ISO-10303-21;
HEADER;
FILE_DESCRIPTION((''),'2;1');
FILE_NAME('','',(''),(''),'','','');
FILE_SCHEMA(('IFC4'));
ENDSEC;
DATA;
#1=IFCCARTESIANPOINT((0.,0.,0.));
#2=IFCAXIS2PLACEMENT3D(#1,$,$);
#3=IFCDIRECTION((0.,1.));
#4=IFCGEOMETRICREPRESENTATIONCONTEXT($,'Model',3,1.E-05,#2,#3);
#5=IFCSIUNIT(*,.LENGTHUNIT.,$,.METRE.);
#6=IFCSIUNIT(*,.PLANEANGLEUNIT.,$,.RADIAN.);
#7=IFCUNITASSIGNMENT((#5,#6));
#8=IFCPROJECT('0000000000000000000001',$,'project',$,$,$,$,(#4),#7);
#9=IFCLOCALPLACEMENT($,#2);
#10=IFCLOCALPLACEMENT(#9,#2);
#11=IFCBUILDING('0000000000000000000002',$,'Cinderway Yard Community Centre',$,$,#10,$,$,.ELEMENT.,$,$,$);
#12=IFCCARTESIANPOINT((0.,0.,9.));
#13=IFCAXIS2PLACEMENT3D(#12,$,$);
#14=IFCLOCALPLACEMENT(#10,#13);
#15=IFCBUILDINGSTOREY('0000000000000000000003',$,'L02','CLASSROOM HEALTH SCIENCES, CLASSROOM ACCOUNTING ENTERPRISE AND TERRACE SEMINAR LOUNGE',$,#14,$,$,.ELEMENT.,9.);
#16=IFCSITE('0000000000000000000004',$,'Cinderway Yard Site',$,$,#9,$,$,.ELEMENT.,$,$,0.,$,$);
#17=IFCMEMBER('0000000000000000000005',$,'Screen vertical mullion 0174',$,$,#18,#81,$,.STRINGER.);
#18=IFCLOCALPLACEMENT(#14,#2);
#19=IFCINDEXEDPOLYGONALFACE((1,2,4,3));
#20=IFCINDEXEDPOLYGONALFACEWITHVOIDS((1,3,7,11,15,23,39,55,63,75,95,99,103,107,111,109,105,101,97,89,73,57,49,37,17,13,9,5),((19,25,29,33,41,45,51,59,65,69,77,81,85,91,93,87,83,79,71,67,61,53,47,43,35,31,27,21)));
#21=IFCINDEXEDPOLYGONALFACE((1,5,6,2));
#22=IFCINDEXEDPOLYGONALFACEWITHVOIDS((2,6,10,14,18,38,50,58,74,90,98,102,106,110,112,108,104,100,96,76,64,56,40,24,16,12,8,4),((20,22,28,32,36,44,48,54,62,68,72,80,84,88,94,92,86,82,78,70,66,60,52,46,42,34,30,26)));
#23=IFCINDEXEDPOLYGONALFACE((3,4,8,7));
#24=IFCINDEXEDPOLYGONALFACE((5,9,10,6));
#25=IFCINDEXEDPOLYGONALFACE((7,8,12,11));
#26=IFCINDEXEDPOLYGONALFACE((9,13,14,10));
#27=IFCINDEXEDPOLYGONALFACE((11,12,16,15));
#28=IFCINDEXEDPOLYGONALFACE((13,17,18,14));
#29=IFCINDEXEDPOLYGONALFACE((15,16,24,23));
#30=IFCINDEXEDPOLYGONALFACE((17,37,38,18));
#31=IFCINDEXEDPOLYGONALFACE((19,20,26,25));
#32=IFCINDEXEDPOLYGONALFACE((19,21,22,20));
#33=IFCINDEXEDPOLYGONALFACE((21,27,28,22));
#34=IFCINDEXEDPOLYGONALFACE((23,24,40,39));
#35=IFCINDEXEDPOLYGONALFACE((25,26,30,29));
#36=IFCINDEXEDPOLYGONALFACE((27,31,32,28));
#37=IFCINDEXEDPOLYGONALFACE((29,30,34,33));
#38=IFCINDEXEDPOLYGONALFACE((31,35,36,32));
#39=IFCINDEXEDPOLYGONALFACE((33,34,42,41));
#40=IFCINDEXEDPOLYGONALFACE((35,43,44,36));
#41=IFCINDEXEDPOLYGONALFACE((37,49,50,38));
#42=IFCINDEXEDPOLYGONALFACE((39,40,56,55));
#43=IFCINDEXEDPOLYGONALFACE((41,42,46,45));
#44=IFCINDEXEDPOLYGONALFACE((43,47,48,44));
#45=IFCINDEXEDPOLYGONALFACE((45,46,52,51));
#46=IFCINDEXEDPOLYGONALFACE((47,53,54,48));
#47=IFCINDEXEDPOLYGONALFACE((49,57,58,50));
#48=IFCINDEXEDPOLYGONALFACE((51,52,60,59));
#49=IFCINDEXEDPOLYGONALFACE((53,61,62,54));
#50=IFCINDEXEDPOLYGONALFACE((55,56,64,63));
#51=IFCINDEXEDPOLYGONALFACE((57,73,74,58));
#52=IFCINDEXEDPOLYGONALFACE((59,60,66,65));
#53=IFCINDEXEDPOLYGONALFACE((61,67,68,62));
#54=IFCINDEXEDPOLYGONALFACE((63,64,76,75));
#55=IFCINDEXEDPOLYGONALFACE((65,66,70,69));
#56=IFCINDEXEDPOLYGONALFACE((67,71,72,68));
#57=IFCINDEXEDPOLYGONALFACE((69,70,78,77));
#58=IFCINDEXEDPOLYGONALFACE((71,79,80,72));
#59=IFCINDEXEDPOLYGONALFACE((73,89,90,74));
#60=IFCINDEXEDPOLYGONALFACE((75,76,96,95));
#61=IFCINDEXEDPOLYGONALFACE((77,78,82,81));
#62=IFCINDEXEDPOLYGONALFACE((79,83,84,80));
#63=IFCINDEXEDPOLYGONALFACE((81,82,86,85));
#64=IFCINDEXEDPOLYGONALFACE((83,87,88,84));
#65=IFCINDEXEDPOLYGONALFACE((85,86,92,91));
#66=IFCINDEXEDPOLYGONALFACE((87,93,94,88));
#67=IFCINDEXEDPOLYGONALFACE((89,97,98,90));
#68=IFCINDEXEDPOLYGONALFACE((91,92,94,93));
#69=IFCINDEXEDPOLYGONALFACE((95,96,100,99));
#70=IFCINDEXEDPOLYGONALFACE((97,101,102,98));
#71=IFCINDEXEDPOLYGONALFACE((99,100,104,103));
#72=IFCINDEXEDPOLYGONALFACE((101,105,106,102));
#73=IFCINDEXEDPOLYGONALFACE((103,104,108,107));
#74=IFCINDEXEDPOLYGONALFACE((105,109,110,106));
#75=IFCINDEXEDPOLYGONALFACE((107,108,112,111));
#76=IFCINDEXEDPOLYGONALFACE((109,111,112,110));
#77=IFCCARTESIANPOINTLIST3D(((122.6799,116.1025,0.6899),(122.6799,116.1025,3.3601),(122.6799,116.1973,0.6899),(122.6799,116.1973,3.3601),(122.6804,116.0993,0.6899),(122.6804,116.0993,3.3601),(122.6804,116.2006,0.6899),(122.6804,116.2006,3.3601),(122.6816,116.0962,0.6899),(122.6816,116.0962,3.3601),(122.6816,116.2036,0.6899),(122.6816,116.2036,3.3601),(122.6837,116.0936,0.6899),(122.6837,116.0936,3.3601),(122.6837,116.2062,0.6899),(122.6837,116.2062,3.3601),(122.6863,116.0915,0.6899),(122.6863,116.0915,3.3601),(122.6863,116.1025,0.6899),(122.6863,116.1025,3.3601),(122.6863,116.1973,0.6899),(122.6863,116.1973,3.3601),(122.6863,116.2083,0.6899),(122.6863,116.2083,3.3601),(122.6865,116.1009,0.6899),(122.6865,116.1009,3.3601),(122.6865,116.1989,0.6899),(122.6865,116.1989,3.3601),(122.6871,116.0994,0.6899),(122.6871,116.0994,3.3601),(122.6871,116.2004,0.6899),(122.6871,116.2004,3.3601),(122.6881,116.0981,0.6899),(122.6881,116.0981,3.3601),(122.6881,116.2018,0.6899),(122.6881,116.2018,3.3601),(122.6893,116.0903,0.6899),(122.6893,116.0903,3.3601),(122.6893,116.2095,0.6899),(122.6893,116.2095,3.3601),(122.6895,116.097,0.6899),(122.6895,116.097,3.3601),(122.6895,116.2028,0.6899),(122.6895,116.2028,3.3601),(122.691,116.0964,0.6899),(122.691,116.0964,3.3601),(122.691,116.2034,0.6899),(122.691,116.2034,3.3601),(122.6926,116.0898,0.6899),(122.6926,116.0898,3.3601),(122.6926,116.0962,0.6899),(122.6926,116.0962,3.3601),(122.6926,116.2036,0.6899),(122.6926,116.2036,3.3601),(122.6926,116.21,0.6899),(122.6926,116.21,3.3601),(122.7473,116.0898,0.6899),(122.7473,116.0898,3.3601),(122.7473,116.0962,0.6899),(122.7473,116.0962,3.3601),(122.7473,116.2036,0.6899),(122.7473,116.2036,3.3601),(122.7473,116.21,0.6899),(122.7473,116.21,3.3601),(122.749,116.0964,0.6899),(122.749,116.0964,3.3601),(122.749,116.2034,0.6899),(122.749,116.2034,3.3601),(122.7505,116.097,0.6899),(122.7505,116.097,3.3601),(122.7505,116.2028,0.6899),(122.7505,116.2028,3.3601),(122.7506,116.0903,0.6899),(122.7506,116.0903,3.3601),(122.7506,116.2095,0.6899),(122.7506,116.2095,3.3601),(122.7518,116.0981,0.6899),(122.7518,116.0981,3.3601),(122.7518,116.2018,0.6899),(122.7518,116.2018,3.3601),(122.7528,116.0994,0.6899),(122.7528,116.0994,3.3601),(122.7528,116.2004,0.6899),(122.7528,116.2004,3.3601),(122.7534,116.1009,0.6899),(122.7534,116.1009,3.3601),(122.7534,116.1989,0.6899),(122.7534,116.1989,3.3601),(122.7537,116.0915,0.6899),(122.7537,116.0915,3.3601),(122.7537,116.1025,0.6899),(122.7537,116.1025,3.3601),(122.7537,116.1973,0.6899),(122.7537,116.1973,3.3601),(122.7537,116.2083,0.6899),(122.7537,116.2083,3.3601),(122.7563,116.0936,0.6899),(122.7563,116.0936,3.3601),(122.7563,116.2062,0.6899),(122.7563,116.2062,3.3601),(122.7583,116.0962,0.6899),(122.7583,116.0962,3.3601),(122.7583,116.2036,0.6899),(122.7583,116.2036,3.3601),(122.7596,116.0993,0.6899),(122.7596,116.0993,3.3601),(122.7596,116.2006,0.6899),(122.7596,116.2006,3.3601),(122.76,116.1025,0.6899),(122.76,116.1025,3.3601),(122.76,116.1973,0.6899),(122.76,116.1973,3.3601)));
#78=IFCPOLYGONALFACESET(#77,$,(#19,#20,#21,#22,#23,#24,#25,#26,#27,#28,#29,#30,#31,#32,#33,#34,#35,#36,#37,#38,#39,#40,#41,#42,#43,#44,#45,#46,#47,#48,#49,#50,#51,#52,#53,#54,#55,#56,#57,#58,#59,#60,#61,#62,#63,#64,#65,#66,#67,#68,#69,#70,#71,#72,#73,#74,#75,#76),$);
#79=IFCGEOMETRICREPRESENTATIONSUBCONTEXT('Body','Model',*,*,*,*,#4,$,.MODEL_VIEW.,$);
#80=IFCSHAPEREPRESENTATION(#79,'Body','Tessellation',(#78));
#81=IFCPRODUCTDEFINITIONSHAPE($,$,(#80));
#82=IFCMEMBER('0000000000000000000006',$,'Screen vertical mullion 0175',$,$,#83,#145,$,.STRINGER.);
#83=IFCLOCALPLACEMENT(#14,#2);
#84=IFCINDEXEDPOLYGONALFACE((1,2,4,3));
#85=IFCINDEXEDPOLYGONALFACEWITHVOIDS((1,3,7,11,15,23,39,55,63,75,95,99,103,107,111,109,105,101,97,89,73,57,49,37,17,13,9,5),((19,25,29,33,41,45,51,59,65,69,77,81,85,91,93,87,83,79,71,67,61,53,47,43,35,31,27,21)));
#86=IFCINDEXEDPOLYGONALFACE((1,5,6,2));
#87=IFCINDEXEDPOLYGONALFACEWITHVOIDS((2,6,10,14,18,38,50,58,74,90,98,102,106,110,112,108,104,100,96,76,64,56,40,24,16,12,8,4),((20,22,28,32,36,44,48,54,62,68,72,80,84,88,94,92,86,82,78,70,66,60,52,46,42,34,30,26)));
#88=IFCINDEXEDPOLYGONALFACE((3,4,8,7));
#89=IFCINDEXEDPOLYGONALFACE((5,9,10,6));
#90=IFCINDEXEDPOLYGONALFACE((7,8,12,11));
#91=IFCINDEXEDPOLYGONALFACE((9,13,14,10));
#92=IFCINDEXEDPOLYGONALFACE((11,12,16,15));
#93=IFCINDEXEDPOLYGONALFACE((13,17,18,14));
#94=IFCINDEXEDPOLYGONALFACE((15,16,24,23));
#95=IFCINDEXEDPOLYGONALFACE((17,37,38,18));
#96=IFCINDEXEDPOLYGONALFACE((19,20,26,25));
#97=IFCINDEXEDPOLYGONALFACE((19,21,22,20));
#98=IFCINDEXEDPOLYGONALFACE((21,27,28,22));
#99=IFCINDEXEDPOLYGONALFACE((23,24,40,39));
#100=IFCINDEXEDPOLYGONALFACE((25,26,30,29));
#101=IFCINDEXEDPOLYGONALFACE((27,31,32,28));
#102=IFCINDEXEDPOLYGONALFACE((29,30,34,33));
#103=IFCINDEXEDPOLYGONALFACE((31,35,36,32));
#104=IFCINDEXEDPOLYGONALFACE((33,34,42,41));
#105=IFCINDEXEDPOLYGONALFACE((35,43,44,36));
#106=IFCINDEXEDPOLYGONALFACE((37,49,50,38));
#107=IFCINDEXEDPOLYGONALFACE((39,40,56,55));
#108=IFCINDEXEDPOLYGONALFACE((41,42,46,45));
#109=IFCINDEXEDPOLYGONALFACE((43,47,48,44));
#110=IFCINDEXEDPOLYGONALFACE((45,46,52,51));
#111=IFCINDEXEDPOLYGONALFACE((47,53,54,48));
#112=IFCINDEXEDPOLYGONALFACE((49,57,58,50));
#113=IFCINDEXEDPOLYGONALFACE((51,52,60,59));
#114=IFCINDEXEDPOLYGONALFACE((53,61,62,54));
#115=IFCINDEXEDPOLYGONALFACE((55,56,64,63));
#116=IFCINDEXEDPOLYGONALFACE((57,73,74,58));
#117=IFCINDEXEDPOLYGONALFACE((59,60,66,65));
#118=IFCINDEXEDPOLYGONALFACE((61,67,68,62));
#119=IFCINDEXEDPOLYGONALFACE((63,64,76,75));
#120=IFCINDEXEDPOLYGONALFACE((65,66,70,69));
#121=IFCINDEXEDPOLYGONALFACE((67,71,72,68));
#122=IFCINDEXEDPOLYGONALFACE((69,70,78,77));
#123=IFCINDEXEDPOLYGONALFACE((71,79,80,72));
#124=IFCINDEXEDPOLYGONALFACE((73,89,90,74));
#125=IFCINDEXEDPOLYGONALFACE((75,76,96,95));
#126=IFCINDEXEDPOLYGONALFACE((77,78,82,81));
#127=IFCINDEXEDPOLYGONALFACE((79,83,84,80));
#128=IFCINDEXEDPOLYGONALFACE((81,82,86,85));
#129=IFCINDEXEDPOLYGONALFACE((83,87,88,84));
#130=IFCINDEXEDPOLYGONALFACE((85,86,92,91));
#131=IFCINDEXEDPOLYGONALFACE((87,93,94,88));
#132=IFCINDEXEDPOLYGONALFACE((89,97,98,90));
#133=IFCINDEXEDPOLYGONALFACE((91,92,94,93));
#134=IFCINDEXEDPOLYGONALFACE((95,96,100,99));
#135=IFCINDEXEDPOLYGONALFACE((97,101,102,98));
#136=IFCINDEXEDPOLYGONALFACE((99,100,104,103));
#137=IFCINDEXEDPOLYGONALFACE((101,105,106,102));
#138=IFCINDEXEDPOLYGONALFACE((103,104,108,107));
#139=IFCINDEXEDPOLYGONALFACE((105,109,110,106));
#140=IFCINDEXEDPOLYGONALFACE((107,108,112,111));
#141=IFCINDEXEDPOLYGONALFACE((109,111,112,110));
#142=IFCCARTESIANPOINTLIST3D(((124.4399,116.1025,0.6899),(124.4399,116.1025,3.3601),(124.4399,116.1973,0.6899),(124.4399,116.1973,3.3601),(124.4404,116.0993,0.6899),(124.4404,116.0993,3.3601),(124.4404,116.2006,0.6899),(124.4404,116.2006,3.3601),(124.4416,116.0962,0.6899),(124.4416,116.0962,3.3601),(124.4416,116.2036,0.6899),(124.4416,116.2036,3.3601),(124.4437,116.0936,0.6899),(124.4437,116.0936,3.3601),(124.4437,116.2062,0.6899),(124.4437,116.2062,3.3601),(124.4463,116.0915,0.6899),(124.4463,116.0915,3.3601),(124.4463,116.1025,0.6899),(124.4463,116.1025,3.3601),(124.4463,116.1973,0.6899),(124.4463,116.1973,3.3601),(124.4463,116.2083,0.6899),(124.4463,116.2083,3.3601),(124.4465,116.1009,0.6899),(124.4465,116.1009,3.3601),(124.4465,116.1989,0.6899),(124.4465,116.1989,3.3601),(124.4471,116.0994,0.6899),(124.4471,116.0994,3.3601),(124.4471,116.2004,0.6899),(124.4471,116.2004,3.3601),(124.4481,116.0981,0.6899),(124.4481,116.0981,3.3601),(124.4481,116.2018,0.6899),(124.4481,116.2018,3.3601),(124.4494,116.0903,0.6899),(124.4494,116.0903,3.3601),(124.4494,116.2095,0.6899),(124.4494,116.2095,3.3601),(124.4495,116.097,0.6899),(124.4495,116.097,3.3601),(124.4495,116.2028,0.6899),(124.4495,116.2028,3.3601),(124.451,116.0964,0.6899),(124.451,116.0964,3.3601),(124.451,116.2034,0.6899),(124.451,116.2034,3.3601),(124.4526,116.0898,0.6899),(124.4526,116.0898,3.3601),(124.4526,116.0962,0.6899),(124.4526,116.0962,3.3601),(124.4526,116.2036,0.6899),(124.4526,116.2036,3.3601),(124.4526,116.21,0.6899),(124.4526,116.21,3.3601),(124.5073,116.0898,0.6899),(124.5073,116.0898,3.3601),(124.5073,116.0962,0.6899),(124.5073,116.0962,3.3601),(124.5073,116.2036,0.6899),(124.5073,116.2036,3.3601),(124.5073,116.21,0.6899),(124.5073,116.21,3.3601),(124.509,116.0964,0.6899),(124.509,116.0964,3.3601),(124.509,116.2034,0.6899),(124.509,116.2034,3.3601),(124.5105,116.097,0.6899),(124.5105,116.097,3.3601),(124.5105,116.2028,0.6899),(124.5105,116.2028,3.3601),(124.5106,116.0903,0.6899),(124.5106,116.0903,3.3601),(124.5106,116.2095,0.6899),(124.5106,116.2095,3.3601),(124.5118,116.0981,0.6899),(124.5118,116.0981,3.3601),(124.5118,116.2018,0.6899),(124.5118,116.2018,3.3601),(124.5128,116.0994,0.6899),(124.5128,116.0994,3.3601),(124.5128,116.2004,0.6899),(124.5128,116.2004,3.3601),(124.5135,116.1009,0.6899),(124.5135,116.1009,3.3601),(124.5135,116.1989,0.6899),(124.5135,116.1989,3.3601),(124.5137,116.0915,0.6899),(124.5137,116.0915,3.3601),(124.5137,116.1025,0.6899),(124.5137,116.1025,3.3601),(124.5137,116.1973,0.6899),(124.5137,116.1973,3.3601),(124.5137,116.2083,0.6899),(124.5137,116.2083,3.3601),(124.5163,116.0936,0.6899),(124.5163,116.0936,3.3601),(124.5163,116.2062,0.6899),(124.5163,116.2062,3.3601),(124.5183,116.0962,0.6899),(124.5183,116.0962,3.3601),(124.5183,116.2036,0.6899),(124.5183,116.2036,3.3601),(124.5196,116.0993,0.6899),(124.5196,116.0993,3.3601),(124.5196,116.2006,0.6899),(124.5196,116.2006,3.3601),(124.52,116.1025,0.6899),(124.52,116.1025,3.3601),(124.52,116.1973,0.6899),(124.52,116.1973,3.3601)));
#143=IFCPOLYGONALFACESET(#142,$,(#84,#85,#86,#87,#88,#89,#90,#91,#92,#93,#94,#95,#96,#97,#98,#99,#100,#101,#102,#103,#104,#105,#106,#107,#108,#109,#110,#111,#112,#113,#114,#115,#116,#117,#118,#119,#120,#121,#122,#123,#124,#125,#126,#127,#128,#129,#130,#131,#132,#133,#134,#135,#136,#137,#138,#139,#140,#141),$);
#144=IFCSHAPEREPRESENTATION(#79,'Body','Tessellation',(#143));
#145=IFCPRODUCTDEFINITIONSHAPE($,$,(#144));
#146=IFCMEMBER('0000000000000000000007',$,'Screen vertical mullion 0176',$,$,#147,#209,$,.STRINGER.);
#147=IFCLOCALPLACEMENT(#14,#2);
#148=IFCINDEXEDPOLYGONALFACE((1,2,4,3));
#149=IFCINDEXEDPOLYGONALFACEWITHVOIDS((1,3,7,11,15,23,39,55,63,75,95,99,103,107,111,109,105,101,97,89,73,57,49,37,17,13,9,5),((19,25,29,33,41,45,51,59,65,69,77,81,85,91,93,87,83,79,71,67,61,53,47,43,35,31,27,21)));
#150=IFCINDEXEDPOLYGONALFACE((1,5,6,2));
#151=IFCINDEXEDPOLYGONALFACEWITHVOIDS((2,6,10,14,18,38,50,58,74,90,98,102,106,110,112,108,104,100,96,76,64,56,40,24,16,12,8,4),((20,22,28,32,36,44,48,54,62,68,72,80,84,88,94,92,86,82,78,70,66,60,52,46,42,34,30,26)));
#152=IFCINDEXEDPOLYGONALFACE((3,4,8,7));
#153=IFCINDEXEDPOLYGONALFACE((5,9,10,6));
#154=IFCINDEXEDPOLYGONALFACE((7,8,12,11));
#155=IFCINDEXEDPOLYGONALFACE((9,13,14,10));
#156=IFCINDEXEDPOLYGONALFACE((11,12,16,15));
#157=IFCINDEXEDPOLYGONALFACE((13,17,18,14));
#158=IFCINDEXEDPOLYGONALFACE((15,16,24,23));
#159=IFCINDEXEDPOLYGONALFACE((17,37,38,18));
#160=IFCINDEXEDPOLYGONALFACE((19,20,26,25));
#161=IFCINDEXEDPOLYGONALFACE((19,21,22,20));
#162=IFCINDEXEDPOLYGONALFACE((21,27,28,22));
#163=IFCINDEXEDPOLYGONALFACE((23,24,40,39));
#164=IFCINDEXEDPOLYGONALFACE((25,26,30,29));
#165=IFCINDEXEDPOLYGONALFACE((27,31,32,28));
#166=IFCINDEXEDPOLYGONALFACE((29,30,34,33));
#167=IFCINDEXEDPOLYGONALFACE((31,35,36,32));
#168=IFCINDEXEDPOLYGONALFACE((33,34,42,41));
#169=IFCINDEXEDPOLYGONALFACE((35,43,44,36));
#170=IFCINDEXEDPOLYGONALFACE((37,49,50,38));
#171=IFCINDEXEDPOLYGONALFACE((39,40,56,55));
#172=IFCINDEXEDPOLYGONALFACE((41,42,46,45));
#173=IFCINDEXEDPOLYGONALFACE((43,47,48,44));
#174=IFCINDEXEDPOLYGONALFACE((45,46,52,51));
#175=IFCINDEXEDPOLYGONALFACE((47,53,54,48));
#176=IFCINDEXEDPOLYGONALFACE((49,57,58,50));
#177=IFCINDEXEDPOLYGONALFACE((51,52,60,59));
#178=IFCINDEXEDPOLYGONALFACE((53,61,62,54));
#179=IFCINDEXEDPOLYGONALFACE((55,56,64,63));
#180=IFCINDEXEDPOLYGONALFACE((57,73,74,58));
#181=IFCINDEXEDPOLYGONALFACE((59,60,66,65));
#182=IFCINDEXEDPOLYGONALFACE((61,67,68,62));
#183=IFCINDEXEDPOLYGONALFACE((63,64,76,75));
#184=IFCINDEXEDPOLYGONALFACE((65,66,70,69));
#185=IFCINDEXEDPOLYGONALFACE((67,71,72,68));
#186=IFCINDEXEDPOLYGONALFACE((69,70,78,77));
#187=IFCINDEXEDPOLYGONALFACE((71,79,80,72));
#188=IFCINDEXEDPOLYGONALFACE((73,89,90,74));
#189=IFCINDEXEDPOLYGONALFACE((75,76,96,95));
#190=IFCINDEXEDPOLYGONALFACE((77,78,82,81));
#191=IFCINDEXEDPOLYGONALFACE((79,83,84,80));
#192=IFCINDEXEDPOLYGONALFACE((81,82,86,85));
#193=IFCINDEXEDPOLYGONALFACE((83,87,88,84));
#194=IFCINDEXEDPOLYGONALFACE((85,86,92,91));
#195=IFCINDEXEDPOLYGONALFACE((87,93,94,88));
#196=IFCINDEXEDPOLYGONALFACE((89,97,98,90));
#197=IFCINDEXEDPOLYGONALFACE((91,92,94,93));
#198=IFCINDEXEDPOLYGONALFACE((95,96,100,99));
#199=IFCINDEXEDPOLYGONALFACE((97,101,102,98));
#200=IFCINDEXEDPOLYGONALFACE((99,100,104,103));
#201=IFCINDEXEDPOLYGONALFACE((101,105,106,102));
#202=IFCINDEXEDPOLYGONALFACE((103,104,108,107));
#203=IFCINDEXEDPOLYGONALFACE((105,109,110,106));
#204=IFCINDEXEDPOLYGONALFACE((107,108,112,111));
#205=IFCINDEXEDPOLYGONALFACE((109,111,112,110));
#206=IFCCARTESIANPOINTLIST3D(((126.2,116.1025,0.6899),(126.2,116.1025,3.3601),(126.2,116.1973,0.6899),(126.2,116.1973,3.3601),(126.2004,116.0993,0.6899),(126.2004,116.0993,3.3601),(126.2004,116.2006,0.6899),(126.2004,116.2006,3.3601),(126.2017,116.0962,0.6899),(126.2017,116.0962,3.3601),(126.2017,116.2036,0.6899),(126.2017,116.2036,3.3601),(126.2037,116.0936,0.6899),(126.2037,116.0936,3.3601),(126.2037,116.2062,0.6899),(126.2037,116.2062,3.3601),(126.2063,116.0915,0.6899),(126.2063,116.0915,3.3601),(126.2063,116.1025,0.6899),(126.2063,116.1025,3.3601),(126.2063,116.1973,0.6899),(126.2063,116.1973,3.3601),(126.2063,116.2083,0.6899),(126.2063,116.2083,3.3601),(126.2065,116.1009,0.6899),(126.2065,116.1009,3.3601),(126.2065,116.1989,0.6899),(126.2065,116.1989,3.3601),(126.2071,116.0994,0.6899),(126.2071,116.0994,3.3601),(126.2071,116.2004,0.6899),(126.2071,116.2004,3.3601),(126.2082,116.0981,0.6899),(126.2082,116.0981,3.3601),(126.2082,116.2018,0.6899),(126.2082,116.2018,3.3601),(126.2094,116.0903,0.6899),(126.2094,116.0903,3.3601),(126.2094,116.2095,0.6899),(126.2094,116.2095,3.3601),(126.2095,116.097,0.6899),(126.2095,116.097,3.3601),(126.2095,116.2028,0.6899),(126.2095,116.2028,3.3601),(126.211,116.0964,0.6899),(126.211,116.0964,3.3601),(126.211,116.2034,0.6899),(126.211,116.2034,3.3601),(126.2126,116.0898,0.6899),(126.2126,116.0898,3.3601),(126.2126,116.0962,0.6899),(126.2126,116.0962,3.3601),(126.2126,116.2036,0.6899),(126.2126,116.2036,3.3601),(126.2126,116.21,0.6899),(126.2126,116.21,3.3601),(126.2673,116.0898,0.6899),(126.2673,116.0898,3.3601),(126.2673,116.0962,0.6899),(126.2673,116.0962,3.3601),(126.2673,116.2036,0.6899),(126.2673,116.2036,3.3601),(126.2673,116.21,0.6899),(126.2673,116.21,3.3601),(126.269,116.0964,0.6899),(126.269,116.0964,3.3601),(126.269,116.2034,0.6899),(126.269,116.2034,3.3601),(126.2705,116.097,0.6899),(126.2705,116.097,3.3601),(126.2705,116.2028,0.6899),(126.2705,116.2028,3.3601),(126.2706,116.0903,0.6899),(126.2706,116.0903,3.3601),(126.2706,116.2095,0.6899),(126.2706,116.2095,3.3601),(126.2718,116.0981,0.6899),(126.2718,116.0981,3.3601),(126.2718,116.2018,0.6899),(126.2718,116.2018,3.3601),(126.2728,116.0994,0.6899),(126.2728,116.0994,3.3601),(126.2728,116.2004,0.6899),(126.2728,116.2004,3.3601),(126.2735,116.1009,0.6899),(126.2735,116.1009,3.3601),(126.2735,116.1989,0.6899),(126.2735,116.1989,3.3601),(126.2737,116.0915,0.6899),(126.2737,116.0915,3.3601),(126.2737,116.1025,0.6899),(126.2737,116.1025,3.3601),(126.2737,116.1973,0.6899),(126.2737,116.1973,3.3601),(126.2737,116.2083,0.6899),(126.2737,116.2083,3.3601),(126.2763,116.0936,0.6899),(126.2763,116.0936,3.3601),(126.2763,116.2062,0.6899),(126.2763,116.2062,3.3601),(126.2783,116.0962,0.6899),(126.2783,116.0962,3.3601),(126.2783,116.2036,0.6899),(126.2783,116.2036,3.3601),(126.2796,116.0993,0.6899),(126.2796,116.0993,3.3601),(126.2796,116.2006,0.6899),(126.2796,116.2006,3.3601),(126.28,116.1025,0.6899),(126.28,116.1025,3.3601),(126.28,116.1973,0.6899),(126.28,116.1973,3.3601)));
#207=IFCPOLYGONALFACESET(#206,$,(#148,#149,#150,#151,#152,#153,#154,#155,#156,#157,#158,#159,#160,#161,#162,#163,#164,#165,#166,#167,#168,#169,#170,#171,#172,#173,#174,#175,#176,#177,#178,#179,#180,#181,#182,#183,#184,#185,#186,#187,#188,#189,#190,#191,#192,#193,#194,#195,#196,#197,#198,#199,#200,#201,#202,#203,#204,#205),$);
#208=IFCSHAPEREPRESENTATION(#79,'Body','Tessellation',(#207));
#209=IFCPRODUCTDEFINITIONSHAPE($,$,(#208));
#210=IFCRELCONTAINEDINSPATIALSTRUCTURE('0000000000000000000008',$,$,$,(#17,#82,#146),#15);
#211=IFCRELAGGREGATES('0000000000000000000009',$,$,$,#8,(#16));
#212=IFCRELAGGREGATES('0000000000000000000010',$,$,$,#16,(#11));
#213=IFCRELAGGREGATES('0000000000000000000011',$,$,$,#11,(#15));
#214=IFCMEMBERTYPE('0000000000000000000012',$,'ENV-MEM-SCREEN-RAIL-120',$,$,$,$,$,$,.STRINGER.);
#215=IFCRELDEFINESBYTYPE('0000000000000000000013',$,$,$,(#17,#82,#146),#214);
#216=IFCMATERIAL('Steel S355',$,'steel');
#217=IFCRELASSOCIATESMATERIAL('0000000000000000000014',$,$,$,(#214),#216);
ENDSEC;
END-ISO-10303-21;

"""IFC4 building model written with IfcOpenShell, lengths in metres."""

from ifc_helpers import new_model, si_unit, direction, frame, origin, origin_2d, place, context, subcontext, project, spatial, hollow_rectangle, extrude, material, material_profile, profile_set, type_object, element, save


model = new_model("IFC4")

# Units and contexts
model_context = context("Model", 3, precision=1e-05, world=origin(), true_north=direction((0.0, 1.0)))
body_context = subcontext(model_context, "Body", "Model", "MODEL_VIEW")
ifc_project = project(units=[si_unit("LENGTHUNIT", "METRE"), si_unit("PLANEANGLEUNIT", "RADIAN")], contexts=[model_context])

# Site, building, storey
site_placement = place(None, origin())
site = spatial("IfcSite", under=ifc_project, at=site_placement, Name="Cinderway Yard Site", CompositionType="ELEMENT", RefElevation=0.0)
building_placement = place(site_placement, origin())
building = spatial("IfcBuilding", under=site, at=building_placement, Name="Cinderway Yard Community Centre", CompositionType="ELEMENT")
storey_placement = place(building_placement, frame((0.0, 0.0, 9.0)))
storey = spatial("IfcBuildingStorey", under=building, at=storey_placement, Name="L02", Description="CLASSROOM HEALTH SCIENCES, CLASSROOM ACCOUNTING ENTERPRISE AND TERRACE SEMINAR LOUNGE", CompositionType="ELEMENT", Elevation=9.0)

# Members
ifc_material_1 = material(Name="Steel S355", Category="steel")
ifc_material_profile_1 = material_profile(ifc_material_1, hollow_rectangle(XDim=0.0801, YDim=0.1201, WallThickness=0.0063, InnerFilletRadius=0.0063, OuterFilletRadius=0.0127, at=origin_2d()), Name="Steel S355")
ifc_profile_set_1 = profile_set([ifc_material_profile_1], Name="Steel S355")
member_type_1 = type_object("IfcMemberType", Name="ENV-MEM-SCREEN-RAIL-120", PredefinedType="STRINGER", material=ifc_profile_set_1)
for number, where, z_axis, x_axis, name in (
    (1, (122.72, 116.1499, 0.6899), (0.0, 0.0, 1.0), (1.0, 0.0, 0.0), "Screen vertical mullion 0174"),
    (2, (124.48, 116.1499, 0.6899), (0.0, 0.0, 1.0), (1.0, 0.0, 0.0), "Screen vertical mullion 0175"),
    (3, (126.24, 116.1499, 0.6899), (0.0, 0.0, 1.0), (1.0, 0.0, 0.0), "Screen vertical mullion 0176"),
):
    element("IfcMember", number, at=place(storey_placement, frame(where, z_axis=z_axis, x_axis=x_axis)), inside=storey, type_object=member_type_1, Name=name, PredefinedType="STRINGER", context=body_context, shape_type="SweptSolid", body=[
        extrude(hollow_rectangle(XDim=0.0801, YDim=0.1201, WallThickness=0.0063, InnerFilletRadius=0.0063, OuterFilletRadius=0.0127, at=origin_2d()), origin(), (0.0, 0.0, 1.0), 2.6702),
    ])

save(model, "model.ifc")
